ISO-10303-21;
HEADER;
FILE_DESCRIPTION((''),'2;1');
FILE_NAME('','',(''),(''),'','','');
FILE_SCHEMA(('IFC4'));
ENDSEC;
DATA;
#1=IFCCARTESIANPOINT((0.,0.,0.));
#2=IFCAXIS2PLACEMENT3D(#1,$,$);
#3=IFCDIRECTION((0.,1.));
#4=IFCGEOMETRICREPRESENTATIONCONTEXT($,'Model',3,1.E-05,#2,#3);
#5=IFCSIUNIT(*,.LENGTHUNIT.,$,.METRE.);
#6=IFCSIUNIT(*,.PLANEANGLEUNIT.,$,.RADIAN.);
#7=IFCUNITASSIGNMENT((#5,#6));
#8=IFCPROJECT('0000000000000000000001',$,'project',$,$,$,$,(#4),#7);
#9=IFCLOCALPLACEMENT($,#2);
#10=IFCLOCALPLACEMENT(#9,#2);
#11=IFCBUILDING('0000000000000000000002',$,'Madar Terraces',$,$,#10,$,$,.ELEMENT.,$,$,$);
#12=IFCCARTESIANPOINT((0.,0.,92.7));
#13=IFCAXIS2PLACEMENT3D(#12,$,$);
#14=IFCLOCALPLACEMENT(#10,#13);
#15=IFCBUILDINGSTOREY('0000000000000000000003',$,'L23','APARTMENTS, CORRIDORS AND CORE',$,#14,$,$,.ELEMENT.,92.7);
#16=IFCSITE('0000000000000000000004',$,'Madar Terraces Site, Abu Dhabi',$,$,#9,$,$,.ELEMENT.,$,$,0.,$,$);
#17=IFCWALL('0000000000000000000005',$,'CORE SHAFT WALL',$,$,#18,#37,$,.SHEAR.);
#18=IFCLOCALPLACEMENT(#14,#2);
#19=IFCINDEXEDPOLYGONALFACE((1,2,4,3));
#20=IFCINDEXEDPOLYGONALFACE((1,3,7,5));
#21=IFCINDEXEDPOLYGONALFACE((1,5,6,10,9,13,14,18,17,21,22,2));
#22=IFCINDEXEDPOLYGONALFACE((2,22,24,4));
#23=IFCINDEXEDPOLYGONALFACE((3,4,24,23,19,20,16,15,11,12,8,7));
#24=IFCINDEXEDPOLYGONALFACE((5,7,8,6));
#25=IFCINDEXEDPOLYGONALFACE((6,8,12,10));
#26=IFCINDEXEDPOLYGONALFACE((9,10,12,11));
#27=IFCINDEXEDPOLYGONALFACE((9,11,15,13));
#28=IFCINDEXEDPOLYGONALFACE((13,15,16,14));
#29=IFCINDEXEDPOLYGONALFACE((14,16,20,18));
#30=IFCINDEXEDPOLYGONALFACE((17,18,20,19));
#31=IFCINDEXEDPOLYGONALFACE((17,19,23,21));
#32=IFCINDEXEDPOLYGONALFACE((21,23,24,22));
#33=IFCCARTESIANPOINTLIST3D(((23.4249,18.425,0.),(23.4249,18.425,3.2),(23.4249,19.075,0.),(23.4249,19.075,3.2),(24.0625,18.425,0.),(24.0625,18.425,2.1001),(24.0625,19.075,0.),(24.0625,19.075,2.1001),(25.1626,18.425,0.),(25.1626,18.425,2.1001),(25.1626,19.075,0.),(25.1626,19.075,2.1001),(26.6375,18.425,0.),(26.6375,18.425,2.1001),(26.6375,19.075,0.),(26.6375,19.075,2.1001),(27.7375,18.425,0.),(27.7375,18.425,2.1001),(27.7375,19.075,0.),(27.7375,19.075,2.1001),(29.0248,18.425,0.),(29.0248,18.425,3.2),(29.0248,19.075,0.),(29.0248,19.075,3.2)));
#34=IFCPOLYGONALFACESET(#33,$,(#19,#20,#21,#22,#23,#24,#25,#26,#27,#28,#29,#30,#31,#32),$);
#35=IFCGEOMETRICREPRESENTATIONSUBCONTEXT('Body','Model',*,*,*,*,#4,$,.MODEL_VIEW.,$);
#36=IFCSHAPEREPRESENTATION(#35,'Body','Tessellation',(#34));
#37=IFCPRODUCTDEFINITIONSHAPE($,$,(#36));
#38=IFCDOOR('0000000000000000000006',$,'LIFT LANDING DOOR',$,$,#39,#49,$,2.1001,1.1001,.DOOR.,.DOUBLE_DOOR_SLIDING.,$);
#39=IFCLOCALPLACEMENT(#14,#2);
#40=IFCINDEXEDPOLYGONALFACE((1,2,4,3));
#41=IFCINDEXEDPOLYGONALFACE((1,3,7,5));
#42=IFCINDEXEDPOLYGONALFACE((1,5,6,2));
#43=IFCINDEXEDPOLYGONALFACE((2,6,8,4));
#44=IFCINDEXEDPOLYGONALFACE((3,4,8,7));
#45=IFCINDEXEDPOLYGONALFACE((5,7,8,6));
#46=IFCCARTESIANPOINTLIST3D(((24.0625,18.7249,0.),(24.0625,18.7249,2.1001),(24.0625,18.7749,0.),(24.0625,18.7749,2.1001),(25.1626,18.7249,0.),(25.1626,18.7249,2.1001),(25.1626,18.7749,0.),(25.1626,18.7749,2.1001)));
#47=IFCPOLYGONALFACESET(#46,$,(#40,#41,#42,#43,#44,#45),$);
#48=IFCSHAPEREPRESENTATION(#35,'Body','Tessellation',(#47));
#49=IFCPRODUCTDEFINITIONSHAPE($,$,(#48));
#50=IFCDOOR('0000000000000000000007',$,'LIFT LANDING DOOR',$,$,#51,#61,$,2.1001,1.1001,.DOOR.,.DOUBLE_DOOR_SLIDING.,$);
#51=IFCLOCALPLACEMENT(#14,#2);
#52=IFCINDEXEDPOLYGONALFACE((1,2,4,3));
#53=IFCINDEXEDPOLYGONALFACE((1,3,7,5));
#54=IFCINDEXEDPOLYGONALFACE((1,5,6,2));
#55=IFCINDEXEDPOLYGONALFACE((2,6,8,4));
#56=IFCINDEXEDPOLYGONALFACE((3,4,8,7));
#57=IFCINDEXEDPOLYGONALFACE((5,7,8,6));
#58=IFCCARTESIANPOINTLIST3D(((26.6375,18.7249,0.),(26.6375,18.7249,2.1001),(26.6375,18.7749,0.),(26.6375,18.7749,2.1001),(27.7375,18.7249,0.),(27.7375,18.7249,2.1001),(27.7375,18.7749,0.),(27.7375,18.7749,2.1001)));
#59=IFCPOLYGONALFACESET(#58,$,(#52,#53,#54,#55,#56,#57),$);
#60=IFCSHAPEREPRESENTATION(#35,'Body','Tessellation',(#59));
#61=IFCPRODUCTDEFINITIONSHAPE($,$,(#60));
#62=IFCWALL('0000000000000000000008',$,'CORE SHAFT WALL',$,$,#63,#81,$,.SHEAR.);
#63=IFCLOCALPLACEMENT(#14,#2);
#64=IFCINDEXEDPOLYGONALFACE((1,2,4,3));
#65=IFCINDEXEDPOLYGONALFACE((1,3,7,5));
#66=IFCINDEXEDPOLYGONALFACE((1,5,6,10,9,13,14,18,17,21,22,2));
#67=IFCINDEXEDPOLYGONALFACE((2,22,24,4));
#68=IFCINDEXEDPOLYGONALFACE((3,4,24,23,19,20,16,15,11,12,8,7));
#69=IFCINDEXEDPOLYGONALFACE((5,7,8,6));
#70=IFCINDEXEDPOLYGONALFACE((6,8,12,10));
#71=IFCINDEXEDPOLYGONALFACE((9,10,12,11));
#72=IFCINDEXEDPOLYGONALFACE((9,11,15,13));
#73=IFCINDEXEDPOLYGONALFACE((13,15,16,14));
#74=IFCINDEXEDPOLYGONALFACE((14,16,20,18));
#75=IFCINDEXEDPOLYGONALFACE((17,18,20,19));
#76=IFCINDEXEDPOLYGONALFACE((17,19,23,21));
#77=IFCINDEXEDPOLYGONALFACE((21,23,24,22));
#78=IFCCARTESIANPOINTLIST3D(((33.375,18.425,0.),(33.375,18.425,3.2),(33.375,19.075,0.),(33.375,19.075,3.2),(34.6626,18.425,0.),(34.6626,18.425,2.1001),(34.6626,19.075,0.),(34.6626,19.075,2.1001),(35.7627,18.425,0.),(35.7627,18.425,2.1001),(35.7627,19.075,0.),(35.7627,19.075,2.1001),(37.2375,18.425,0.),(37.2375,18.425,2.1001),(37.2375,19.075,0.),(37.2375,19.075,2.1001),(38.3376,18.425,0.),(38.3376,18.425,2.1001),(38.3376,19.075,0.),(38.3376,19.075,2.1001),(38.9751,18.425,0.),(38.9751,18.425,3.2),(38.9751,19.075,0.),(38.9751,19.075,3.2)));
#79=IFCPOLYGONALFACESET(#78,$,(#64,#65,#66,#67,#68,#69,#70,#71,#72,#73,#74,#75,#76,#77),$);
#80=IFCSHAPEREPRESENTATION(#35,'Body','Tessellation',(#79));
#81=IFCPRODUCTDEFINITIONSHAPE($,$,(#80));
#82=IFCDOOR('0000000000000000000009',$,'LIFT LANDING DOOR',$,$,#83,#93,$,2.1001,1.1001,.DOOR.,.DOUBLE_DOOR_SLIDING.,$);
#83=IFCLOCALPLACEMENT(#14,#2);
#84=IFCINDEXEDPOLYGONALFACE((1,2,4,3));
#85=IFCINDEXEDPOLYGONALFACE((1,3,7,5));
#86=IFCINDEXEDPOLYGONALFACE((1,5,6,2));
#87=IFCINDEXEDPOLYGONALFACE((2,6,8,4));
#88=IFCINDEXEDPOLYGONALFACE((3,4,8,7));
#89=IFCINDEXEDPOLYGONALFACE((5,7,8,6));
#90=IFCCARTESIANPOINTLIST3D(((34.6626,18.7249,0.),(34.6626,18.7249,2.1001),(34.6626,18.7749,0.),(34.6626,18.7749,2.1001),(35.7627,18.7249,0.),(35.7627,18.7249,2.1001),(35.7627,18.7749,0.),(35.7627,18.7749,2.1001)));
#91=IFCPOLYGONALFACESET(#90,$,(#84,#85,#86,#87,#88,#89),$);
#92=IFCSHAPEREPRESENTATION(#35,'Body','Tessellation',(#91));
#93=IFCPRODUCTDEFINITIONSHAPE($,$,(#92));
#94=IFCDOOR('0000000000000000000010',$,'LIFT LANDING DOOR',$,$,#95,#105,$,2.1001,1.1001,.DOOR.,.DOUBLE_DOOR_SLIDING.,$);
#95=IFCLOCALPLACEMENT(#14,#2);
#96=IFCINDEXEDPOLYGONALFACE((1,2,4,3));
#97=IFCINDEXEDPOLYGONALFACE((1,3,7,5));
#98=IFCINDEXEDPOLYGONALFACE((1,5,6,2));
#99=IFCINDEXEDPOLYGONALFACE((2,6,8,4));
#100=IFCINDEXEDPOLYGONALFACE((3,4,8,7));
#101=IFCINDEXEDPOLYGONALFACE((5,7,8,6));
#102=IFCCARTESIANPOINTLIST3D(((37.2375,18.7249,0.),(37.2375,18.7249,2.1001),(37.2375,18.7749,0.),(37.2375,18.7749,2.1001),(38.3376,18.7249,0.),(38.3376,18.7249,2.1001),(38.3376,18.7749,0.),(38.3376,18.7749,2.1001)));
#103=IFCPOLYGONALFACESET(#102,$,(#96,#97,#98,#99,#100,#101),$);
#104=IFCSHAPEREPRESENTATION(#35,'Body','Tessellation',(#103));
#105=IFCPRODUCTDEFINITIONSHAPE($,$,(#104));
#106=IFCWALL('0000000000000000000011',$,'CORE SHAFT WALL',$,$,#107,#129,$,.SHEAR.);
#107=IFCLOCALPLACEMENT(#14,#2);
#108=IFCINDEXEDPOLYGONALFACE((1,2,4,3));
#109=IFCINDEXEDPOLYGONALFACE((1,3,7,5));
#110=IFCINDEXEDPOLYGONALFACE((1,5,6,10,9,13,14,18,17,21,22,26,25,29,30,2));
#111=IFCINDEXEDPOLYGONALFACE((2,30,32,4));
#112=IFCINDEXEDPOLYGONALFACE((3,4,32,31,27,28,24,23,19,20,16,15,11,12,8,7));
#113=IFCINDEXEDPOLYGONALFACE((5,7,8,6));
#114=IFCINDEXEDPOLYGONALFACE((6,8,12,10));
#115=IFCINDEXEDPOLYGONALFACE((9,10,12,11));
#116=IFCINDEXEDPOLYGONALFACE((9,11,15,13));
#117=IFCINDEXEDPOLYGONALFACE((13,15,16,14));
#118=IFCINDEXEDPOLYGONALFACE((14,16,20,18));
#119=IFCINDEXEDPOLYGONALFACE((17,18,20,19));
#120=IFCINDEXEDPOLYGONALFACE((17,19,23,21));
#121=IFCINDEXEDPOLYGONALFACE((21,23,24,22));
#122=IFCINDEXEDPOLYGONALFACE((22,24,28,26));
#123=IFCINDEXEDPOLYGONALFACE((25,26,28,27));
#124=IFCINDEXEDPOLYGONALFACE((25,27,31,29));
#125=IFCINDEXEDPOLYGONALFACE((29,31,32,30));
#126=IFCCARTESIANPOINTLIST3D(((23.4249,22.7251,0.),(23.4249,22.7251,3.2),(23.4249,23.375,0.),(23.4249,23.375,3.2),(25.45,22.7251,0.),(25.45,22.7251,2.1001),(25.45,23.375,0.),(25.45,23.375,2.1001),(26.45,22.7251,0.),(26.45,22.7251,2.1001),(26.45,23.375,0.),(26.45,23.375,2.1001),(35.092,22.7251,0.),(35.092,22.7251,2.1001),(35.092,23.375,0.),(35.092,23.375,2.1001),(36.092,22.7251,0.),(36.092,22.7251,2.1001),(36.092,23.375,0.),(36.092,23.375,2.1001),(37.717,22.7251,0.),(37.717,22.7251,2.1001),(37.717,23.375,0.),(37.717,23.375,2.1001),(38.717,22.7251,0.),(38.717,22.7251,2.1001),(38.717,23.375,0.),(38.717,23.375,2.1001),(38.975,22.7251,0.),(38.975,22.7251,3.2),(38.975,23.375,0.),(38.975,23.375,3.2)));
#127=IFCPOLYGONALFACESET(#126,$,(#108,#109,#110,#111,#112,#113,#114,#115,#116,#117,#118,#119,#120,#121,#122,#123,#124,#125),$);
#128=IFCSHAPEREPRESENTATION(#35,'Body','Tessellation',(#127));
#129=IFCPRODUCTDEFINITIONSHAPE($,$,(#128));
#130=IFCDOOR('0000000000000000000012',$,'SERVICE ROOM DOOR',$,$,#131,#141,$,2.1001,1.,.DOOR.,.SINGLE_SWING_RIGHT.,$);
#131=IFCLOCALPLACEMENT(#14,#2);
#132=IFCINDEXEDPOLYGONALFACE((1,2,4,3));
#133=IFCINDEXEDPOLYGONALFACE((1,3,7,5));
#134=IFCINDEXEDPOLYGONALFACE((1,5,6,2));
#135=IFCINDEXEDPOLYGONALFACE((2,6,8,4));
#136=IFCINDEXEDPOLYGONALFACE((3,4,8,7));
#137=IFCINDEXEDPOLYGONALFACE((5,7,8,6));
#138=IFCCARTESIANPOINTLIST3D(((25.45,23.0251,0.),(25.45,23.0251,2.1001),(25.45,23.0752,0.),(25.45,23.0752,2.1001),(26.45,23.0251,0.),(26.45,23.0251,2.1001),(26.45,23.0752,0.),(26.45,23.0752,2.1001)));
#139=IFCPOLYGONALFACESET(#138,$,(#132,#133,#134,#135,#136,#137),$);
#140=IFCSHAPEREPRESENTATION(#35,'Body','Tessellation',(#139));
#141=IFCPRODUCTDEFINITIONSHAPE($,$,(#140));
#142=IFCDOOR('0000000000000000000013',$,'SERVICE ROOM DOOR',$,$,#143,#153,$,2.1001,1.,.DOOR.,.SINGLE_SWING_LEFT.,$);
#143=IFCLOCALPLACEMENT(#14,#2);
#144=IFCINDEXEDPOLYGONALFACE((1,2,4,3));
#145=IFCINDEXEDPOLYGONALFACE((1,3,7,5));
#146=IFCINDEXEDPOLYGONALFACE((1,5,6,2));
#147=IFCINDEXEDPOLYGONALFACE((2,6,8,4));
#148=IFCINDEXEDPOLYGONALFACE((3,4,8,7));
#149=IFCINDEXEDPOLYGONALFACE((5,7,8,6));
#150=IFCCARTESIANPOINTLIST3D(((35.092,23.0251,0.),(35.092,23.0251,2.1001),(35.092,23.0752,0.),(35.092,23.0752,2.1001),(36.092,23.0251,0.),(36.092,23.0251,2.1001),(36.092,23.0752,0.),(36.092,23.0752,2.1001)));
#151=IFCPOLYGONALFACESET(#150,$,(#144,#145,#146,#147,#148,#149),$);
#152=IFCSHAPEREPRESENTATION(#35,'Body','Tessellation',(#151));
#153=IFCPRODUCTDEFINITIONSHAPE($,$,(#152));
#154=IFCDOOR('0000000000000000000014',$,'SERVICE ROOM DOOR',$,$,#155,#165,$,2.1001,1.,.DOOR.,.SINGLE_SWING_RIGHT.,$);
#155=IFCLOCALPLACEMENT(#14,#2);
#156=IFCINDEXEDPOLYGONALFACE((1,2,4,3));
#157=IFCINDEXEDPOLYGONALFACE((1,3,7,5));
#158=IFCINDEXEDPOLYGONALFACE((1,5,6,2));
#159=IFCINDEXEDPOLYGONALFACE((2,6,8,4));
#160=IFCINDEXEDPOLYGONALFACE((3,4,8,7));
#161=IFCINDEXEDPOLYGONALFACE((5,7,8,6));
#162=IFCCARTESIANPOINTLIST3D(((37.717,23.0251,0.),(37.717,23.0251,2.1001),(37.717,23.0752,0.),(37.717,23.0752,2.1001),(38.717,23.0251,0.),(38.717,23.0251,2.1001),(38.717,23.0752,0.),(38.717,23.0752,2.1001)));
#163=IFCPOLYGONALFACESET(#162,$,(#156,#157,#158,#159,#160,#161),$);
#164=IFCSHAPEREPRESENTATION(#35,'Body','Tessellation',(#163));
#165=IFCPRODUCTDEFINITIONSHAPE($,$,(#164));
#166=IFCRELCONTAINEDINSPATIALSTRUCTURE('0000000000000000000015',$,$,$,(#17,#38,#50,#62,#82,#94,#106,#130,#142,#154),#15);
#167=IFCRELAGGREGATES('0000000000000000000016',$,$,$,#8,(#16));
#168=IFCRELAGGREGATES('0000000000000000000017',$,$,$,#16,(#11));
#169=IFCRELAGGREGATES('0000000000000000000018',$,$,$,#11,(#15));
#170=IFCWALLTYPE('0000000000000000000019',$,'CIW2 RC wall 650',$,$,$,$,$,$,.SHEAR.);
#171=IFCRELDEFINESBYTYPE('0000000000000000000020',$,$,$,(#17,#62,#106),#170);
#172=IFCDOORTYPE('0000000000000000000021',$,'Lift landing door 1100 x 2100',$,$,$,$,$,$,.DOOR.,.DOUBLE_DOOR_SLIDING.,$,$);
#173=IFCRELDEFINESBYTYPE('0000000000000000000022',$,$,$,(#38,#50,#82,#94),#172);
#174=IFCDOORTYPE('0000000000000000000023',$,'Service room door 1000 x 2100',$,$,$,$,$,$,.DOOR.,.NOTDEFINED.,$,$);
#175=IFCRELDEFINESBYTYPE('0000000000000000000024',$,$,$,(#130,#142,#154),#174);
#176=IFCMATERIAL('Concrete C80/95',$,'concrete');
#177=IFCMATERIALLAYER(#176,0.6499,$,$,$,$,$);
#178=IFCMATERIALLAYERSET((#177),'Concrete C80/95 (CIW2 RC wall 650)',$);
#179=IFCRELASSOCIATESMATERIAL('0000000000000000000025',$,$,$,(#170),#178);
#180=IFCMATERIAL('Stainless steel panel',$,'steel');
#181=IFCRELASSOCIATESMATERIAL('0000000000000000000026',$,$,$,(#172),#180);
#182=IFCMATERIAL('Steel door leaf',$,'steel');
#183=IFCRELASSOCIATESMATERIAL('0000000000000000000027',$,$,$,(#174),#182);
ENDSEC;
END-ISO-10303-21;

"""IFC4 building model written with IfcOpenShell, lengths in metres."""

from ifc_helpers import new_model, si_unit, direction, frame, frame_2d, origin, place, context, subcontext, project, spatial, rectangle, extrude, material, layer, layer_set, type_object, element, fill, save


model = new_model("IFC4")

# Units and contexts
model_context = context("Model", 3, precision=1e-05, world=origin(), true_north=direction((0.0, 1.0)))
body_context = subcontext(model_context, "Body", "Model", "MODEL_VIEW")
ifc_project = project(units=[si_unit("LENGTHUNIT", "METRE"), si_unit("PLANEANGLEUNIT", "RADIAN")], contexts=[model_context])

# Site, building, storey
site_placement = place(None, origin())
site = spatial("IfcSite", under=ifc_project, at=site_placement, Name="Madar Terraces Site, Abu Dhabi", CompositionType="ELEMENT", RefElevation=0.0)
building_placement = place(site_placement, origin())
building = spatial("IfcBuilding", under=site, at=building_placement, Name="Madar Terraces", CompositionType="ELEMENT")
storey_placement = place(building_placement, frame((0.0, 0.0, 92.7)))
storey = spatial("IfcBuildingStorey", under=building, at=storey_placement, Name="L23", Description="APARTMENTS, CORRIDORS AND CORE", CompositionType="ELEMENT", Elevation=92.7)

# Walls, openings, doors
ifc_material_1 = material(Name="Concrete C80/95", Category="concrete")
ifc_layer_1 = layer(ifc_material_1, 0.6499)
ifc_layer_set_1 = layer_set([ifc_layer_1], Name="Concrete C80/95 (CIW2 RC wall 650)")
wall_type_1 = type_object("IfcWallType", Name="CIW2 RC wall 650", PredefinedType="SHEAR", material=ifc_layer_set_1)
wall_1_placement = place(storey_placement, frame((23.425, 18.75, 0.0), z_axis=(0.0, 0.0, 1.0), x_axis=(1.0, 0.0, 0.0)))
wall_1 = element("IfcWall", 1, at=wall_1_placement, inside=storey, type_object=wall_type_1, Name="CORE SHAFT WALL", PredefinedType="SHEAR", context=body_context, shape_type="SweptSolid", body=[
    extrude(rectangle(XDim=5.5999, YDim=0.6499, at=frame_2d((2.7998, 0.0))), origin(), (0.0, 0.0, 1.0), 3.2),
])
opening_1_placement = place(wall_1_placement, frame((0.6375, 0.0, 0.0)))
opening_1 = element("IfcOpeningElement", 2, at=opening_1_placement, cuts=wall_1, PredefinedType="OPENING", context=body_context, shape_type="SweptSolid", body=[
    extrude(rectangle(XDim=1.1001, YDim=2.1001, at=frame_2d((0.55, 1.05))), frame((0.0, 0.335, 0.0), z_axis=(0.0, -1.0, 0.0), x_axis=(1.0, 0.0, 0.0)), (0.0, 0.0, 1.0), 0.6699),
])
opening_2_placement = place(wall_1_placement, frame((3.2124, 0.0, 0.0)))
opening_2 = element("IfcOpeningElement", 3, at=opening_2_placement, cuts=wall_1, PredefinedType="OPENING", context=body_context, shape_type="SweptSolid", body=[
    extrude(rectangle(XDim=1.1001, YDim=2.1001, at=frame_2d((0.55, 1.05))), frame((0.0, 0.335, 0.0), z_axis=(0.0, -1.0, 0.0), x_axis=(1.0, 0.0, 0.0)), (0.0, 0.0, 1.0), 0.6699),
])
ifc_material_2 = material(Name="Stainless steel panel", Category="steel")
door_type_1 = type_object("IfcDoorType", Name="Lift landing door 1100 x 2100", OperationType="DOUBLE_DOOR_SLIDING", PredefinedType="DOOR", material=ifc_material_2)
door_1_placement = place(opening_1_placement, origin())
door_1 = element("IfcDoor", 4, at=door_1_placement, inside=storey, type_object=door_type_1, Name="LIFT LANDING DOOR", OperationType="DOUBLE_DOOR_SLIDING", OverallHeight=2.1001, OverallWidth=1.1001, PredefinedType="DOOR", context=body_context, shape_type="SweptSolid", body=[
    extrude(rectangle(XDim=1.1001, YDim=2.1001, at=frame_2d((0.55, 1.05))), frame((0.0, 0.0249, 0.0), z_axis=(0.0, -1.0, 0.0), x_axis=(1.0, 0.0, 0.0)), (0.0, 0.0, 1.0), 0.05),
])
fill(opening_1, door_1)
door_2_placement = place(opening_2_placement, origin())
door_2 = element("IfcDoor", 5, at=door_2_placement, inside=storey, type_object=door_type_1, Name="LIFT LANDING DOOR", OperationType="DOUBLE_DOOR_SLIDING", OverallHeight=2.1001, OverallWidth=1.1001, PredefinedType="DOOR", context=body_context, shape_type="SweptSolid", body=[
    extrude(rectangle(XDim=1.1001, YDim=2.1001, at=frame_2d((0.55, 1.05))), frame((0.0, 0.0249, 0.0), z_axis=(0.0, -1.0, 0.0), x_axis=(1.0, 0.0, 0.0)), (0.0, 0.0, 1.0), 0.05),
])
fill(opening_2, door_2)
wall_2_placement = place(storey_placement, frame((33.375, 18.75, 0.0), z_axis=(0.0, 0.0, 1.0), x_axis=(1.0, 0.0, 0.0)))
wall_2 = element("IfcWall", 6, at=wall_2_placement, inside=storey, type_object=wall_type_1, Name="CORE SHAFT WALL", PredefinedType="SHEAR", context=body_context, shape_type="SweptSolid", body=[
    extrude(rectangle(XDim=5.6001, YDim=0.6499, at=frame_2d((2.8, 0.0))), origin(), (0.0, 0.0, 1.0), 3.2),
])
opening_3_placement = place(wall_2_placement, frame((1.2876, 0.0, 0.0)))
opening_3 = element("IfcOpeningElement", 7, at=opening_3_placement, cuts=wall_2, PredefinedType="OPENING", context=body_context, shape_type="SweptSolid", body=[
    extrude(rectangle(XDim=1.1001, YDim=2.1001, at=frame_2d((0.55, 1.05))), frame((0.0, 0.335, 0.0), z_axis=(0.0, -1.0, 0.0), x_axis=(1.0, 0.0, 0.0)), (0.0, 0.0, 1.0), 0.6699),
])
opening_4_placement = place(wall_2_placement, frame((3.8625, 0.0, 0.0)))
opening_4 = element("IfcOpeningElement", 8, at=opening_4_placement, cuts=wall_2, PredefinedType="OPENING", context=body_context, shape_type="SweptSolid", body=[
    extrude(rectangle(XDim=1.1001, YDim=2.1001, at=frame_2d((0.55, 1.05))), frame((0.0, 0.335, 0.0), z_axis=(0.0, -1.0, 0.0), x_axis=(1.0, 0.0, 0.0)), (0.0, 0.0, 1.0), 0.6699),
])
door_3_placement = place(opening_3_placement, origin())
door_3 = element("IfcDoor", 9, at=door_3_placement, inside=storey, type_object=door_type_1, Name="LIFT LANDING DOOR", OperationType="DOUBLE_DOOR_SLIDING", OverallHeight=2.1001, OverallWidth=1.1001, PredefinedType="DOOR", context=body_context, shape_type="SweptSolid", body=[
    extrude(rectangle(XDim=1.1001, YDim=2.1001, at=frame_2d((0.55, 1.05))), frame((0.0, 0.0249, 0.0), z_axis=(0.0, -1.0, 0.0), x_axis=(1.0, 0.0, 0.0)), (0.0, 0.0, 1.0), 0.05),
])
fill(opening_3, door_3)
door_4_placement = place(opening_4_placement, origin())
door_4 = element("IfcDoor", 10, at=door_4_placement, inside=storey, type_object=door_type_1, Name="LIFT LANDING DOOR", OperationType="DOUBLE_DOOR_SLIDING", OverallHeight=2.1001, OverallWidth=1.1001, PredefinedType="DOOR", context=body_context, shape_type="SweptSolid", body=[
    extrude(rectangle(XDim=1.1001, YDim=2.1001, at=frame_2d((0.55, 1.05))), frame((0.0, 0.0249, 0.0), z_axis=(0.0, -1.0, 0.0), x_axis=(1.0, 0.0, 0.0)), (0.0, 0.0, 1.0), 0.05),
])
fill(opening_4, door_4)
wall_3_placement = place(storey_placement, frame((23.425, 23.05, 0.0), z_axis=(0.0, 0.0, 1.0), x_axis=(1.0, 0.0, 0.0)))
wall_3 = element("IfcWall", 11, at=wall_3_placement, inside=storey, type_object=wall_type_1, Name="CORE SHAFT WALL", PredefinedType="SHEAR", context=body_context, shape_type="SweptSolid", body=[
    extrude(rectangle(XDim=15.55, YDim=0.6499, at=frame_2d((7.7749, 0.0))), origin(), (0.0, 0.0, 1.0), 3.2),
])
opening_5_placement = place(wall_3_placement, frame((2.0249, 0.0, 0.0)))
opening_5 = element("IfcOpeningElement", 12, at=opening_5_placement, cuts=wall_3, PredefinedType="OPENING", context=body_context, shape_type="SweptSolid", body=[
    extrude(rectangle(XDim=1.0, YDim=2.1001, at=frame_2d((0.5, 1.05))), frame((0.0, 0.335, 0.0), z_axis=(0.0, -1.0, 0.0), x_axis=(1.0, 0.0, 0.0)), (0.0, 0.0, 1.0), 0.6699),
])
opening_6_placement = place(wall_3_placement, frame((11.667, 0.0, 0.0)))
opening_6 = element("IfcOpeningElement", 13, at=opening_6_placement, cuts=wall_3, PredefinedType="OPENING", context=body_context, shape_type="SweptSolid", body=[
    extrude(rectangle(XDim=1.0, YDim=2.1001, at=frame_2d((0.5, 1.05))), frame((0.0, 0.335, 0.0), z_axis=(0.0, -1.0, 0.0), x_axis=(1.0, 0.0, 0.0)), (0.0, 0.0, 1.0), 0.6699),
])
opening_7_placement = place(wall_3_placement, frame((14.292, 0.0, 0.0)))
opening_7 = element("IfcOpeningElement", 14, at=opening_7_placement, cuts=wall_3, PredefinedType="OPENING", context=body_context, shape_type="SweptSolid", body=[
    extrude(rectangle(XDim=1.0, YDim=2.1001, at=frame_2d((0.5, 1.05))), frame((0.0, 0.335, 0.0), z_axis=(0.0, -1.0, 0.0), x_axis=(1.0, 0.0, 0.0)), (0.0, 0.0, 1.0), 0.6699),
])
ifc_material_3 = material(Name="Steel door leaf", Category="steel")
door_type_2 = type_object("IfcDoorType", Name="Service room door 1000 x 2100", OperationType="NOTDEFINED", PredefinedType="DOOR", material=ifc_material_3)
door_5_placement = place(opening_5_placement, frame((1.0, 0.0, 0.0), z_axis=(0.0, 0.0, 1.0), x_axis=(-1.0, 0.0, 0.0)))
door_5 = element("IfcDoor", 15, at=door_5_placement, inside=storey, type_object=door_type_2, Name="SERVICE ROOM DOOR", OperationType="SINGLE_SWING_RIGHT", OverallHeight=2.1001, OverallWidth=1.0, PredefinedType="DOOR", context=body_context, shape_type="SweptSolid", body=[
    extrude(rectangle(XDim=1.0, YDim=2.1001, at=frame_2d((0.5, 1.05))), frame((0.0, 0.0249, 0.0), z_axis=(0.0, -1.0, 0.0), x_axis=(1.0, 0.0, 0.0)), (0.0, 0.0, 1.0), 0.05),
])
fill(opening_5, door_5)
door_6_placement = place(opening_6_placement, frame((1.0, 0.0, 0.0), z_axis=(0.0, 0.0, 1.0), x_axis=(-1.0, 0.0, 0.0)))
door_6 = element("IfcDoor", 16, at=door_6_placement, inside=storey, type_object=door_type_2, Name="SERVICE ROOM DOOR", OperationType="SINGLE_SWING_LEFT", OverallHeight=2.1001, OverallWidth=1.0, PredefinedType="DOOR", context=body_context, shape_type="SweptSolid", body=[
    extrude(rectangle(XDim=1.0, YDim=2.1001, at=frame_2d((0.5, 1.05))), frame((0.0, 0.0249, 0.0), z_axis=(0.0, -1.0, 0.0), x_axis=(1.0, 0.0, 0.0)), (0.0, 0.0, 1.0), 0.05),
])
fill(opening_6, door_6)
door_7_placement = place(opening_7_placement, frame((1.0, 0.0, 0.0), z_axis=(0.0, 0.0, 1.0), x_axis=(-1.0, 0.0, 0.0)))
door_7 = element("IfcDoor", 17, at=door_7_placement, inside=storey, type_object=door_type_2, Name="SERVICE ROOM DOOR", OperationType="SINGLE_SWING_RIGHT", OverallHeight=2.1001, OverallWidth=1.0, PredefinedType="DOOR", context=body_context, shape_type="SweptSolid", body=[
    extrude(rectangle(XDim=1.0, YDim=2.1001, at=frame_2d((0.5, 1.05))), frame((0.0, 0.0249, 0.0), z_axis=(0.0, -1.0, 0.0), x_axis=(1.0, 0.0, 0.0)), (0.0, 0.0, 1.0), 0.05),
])
fill(opening_7, door_7)

save(model, "model.ifc")
